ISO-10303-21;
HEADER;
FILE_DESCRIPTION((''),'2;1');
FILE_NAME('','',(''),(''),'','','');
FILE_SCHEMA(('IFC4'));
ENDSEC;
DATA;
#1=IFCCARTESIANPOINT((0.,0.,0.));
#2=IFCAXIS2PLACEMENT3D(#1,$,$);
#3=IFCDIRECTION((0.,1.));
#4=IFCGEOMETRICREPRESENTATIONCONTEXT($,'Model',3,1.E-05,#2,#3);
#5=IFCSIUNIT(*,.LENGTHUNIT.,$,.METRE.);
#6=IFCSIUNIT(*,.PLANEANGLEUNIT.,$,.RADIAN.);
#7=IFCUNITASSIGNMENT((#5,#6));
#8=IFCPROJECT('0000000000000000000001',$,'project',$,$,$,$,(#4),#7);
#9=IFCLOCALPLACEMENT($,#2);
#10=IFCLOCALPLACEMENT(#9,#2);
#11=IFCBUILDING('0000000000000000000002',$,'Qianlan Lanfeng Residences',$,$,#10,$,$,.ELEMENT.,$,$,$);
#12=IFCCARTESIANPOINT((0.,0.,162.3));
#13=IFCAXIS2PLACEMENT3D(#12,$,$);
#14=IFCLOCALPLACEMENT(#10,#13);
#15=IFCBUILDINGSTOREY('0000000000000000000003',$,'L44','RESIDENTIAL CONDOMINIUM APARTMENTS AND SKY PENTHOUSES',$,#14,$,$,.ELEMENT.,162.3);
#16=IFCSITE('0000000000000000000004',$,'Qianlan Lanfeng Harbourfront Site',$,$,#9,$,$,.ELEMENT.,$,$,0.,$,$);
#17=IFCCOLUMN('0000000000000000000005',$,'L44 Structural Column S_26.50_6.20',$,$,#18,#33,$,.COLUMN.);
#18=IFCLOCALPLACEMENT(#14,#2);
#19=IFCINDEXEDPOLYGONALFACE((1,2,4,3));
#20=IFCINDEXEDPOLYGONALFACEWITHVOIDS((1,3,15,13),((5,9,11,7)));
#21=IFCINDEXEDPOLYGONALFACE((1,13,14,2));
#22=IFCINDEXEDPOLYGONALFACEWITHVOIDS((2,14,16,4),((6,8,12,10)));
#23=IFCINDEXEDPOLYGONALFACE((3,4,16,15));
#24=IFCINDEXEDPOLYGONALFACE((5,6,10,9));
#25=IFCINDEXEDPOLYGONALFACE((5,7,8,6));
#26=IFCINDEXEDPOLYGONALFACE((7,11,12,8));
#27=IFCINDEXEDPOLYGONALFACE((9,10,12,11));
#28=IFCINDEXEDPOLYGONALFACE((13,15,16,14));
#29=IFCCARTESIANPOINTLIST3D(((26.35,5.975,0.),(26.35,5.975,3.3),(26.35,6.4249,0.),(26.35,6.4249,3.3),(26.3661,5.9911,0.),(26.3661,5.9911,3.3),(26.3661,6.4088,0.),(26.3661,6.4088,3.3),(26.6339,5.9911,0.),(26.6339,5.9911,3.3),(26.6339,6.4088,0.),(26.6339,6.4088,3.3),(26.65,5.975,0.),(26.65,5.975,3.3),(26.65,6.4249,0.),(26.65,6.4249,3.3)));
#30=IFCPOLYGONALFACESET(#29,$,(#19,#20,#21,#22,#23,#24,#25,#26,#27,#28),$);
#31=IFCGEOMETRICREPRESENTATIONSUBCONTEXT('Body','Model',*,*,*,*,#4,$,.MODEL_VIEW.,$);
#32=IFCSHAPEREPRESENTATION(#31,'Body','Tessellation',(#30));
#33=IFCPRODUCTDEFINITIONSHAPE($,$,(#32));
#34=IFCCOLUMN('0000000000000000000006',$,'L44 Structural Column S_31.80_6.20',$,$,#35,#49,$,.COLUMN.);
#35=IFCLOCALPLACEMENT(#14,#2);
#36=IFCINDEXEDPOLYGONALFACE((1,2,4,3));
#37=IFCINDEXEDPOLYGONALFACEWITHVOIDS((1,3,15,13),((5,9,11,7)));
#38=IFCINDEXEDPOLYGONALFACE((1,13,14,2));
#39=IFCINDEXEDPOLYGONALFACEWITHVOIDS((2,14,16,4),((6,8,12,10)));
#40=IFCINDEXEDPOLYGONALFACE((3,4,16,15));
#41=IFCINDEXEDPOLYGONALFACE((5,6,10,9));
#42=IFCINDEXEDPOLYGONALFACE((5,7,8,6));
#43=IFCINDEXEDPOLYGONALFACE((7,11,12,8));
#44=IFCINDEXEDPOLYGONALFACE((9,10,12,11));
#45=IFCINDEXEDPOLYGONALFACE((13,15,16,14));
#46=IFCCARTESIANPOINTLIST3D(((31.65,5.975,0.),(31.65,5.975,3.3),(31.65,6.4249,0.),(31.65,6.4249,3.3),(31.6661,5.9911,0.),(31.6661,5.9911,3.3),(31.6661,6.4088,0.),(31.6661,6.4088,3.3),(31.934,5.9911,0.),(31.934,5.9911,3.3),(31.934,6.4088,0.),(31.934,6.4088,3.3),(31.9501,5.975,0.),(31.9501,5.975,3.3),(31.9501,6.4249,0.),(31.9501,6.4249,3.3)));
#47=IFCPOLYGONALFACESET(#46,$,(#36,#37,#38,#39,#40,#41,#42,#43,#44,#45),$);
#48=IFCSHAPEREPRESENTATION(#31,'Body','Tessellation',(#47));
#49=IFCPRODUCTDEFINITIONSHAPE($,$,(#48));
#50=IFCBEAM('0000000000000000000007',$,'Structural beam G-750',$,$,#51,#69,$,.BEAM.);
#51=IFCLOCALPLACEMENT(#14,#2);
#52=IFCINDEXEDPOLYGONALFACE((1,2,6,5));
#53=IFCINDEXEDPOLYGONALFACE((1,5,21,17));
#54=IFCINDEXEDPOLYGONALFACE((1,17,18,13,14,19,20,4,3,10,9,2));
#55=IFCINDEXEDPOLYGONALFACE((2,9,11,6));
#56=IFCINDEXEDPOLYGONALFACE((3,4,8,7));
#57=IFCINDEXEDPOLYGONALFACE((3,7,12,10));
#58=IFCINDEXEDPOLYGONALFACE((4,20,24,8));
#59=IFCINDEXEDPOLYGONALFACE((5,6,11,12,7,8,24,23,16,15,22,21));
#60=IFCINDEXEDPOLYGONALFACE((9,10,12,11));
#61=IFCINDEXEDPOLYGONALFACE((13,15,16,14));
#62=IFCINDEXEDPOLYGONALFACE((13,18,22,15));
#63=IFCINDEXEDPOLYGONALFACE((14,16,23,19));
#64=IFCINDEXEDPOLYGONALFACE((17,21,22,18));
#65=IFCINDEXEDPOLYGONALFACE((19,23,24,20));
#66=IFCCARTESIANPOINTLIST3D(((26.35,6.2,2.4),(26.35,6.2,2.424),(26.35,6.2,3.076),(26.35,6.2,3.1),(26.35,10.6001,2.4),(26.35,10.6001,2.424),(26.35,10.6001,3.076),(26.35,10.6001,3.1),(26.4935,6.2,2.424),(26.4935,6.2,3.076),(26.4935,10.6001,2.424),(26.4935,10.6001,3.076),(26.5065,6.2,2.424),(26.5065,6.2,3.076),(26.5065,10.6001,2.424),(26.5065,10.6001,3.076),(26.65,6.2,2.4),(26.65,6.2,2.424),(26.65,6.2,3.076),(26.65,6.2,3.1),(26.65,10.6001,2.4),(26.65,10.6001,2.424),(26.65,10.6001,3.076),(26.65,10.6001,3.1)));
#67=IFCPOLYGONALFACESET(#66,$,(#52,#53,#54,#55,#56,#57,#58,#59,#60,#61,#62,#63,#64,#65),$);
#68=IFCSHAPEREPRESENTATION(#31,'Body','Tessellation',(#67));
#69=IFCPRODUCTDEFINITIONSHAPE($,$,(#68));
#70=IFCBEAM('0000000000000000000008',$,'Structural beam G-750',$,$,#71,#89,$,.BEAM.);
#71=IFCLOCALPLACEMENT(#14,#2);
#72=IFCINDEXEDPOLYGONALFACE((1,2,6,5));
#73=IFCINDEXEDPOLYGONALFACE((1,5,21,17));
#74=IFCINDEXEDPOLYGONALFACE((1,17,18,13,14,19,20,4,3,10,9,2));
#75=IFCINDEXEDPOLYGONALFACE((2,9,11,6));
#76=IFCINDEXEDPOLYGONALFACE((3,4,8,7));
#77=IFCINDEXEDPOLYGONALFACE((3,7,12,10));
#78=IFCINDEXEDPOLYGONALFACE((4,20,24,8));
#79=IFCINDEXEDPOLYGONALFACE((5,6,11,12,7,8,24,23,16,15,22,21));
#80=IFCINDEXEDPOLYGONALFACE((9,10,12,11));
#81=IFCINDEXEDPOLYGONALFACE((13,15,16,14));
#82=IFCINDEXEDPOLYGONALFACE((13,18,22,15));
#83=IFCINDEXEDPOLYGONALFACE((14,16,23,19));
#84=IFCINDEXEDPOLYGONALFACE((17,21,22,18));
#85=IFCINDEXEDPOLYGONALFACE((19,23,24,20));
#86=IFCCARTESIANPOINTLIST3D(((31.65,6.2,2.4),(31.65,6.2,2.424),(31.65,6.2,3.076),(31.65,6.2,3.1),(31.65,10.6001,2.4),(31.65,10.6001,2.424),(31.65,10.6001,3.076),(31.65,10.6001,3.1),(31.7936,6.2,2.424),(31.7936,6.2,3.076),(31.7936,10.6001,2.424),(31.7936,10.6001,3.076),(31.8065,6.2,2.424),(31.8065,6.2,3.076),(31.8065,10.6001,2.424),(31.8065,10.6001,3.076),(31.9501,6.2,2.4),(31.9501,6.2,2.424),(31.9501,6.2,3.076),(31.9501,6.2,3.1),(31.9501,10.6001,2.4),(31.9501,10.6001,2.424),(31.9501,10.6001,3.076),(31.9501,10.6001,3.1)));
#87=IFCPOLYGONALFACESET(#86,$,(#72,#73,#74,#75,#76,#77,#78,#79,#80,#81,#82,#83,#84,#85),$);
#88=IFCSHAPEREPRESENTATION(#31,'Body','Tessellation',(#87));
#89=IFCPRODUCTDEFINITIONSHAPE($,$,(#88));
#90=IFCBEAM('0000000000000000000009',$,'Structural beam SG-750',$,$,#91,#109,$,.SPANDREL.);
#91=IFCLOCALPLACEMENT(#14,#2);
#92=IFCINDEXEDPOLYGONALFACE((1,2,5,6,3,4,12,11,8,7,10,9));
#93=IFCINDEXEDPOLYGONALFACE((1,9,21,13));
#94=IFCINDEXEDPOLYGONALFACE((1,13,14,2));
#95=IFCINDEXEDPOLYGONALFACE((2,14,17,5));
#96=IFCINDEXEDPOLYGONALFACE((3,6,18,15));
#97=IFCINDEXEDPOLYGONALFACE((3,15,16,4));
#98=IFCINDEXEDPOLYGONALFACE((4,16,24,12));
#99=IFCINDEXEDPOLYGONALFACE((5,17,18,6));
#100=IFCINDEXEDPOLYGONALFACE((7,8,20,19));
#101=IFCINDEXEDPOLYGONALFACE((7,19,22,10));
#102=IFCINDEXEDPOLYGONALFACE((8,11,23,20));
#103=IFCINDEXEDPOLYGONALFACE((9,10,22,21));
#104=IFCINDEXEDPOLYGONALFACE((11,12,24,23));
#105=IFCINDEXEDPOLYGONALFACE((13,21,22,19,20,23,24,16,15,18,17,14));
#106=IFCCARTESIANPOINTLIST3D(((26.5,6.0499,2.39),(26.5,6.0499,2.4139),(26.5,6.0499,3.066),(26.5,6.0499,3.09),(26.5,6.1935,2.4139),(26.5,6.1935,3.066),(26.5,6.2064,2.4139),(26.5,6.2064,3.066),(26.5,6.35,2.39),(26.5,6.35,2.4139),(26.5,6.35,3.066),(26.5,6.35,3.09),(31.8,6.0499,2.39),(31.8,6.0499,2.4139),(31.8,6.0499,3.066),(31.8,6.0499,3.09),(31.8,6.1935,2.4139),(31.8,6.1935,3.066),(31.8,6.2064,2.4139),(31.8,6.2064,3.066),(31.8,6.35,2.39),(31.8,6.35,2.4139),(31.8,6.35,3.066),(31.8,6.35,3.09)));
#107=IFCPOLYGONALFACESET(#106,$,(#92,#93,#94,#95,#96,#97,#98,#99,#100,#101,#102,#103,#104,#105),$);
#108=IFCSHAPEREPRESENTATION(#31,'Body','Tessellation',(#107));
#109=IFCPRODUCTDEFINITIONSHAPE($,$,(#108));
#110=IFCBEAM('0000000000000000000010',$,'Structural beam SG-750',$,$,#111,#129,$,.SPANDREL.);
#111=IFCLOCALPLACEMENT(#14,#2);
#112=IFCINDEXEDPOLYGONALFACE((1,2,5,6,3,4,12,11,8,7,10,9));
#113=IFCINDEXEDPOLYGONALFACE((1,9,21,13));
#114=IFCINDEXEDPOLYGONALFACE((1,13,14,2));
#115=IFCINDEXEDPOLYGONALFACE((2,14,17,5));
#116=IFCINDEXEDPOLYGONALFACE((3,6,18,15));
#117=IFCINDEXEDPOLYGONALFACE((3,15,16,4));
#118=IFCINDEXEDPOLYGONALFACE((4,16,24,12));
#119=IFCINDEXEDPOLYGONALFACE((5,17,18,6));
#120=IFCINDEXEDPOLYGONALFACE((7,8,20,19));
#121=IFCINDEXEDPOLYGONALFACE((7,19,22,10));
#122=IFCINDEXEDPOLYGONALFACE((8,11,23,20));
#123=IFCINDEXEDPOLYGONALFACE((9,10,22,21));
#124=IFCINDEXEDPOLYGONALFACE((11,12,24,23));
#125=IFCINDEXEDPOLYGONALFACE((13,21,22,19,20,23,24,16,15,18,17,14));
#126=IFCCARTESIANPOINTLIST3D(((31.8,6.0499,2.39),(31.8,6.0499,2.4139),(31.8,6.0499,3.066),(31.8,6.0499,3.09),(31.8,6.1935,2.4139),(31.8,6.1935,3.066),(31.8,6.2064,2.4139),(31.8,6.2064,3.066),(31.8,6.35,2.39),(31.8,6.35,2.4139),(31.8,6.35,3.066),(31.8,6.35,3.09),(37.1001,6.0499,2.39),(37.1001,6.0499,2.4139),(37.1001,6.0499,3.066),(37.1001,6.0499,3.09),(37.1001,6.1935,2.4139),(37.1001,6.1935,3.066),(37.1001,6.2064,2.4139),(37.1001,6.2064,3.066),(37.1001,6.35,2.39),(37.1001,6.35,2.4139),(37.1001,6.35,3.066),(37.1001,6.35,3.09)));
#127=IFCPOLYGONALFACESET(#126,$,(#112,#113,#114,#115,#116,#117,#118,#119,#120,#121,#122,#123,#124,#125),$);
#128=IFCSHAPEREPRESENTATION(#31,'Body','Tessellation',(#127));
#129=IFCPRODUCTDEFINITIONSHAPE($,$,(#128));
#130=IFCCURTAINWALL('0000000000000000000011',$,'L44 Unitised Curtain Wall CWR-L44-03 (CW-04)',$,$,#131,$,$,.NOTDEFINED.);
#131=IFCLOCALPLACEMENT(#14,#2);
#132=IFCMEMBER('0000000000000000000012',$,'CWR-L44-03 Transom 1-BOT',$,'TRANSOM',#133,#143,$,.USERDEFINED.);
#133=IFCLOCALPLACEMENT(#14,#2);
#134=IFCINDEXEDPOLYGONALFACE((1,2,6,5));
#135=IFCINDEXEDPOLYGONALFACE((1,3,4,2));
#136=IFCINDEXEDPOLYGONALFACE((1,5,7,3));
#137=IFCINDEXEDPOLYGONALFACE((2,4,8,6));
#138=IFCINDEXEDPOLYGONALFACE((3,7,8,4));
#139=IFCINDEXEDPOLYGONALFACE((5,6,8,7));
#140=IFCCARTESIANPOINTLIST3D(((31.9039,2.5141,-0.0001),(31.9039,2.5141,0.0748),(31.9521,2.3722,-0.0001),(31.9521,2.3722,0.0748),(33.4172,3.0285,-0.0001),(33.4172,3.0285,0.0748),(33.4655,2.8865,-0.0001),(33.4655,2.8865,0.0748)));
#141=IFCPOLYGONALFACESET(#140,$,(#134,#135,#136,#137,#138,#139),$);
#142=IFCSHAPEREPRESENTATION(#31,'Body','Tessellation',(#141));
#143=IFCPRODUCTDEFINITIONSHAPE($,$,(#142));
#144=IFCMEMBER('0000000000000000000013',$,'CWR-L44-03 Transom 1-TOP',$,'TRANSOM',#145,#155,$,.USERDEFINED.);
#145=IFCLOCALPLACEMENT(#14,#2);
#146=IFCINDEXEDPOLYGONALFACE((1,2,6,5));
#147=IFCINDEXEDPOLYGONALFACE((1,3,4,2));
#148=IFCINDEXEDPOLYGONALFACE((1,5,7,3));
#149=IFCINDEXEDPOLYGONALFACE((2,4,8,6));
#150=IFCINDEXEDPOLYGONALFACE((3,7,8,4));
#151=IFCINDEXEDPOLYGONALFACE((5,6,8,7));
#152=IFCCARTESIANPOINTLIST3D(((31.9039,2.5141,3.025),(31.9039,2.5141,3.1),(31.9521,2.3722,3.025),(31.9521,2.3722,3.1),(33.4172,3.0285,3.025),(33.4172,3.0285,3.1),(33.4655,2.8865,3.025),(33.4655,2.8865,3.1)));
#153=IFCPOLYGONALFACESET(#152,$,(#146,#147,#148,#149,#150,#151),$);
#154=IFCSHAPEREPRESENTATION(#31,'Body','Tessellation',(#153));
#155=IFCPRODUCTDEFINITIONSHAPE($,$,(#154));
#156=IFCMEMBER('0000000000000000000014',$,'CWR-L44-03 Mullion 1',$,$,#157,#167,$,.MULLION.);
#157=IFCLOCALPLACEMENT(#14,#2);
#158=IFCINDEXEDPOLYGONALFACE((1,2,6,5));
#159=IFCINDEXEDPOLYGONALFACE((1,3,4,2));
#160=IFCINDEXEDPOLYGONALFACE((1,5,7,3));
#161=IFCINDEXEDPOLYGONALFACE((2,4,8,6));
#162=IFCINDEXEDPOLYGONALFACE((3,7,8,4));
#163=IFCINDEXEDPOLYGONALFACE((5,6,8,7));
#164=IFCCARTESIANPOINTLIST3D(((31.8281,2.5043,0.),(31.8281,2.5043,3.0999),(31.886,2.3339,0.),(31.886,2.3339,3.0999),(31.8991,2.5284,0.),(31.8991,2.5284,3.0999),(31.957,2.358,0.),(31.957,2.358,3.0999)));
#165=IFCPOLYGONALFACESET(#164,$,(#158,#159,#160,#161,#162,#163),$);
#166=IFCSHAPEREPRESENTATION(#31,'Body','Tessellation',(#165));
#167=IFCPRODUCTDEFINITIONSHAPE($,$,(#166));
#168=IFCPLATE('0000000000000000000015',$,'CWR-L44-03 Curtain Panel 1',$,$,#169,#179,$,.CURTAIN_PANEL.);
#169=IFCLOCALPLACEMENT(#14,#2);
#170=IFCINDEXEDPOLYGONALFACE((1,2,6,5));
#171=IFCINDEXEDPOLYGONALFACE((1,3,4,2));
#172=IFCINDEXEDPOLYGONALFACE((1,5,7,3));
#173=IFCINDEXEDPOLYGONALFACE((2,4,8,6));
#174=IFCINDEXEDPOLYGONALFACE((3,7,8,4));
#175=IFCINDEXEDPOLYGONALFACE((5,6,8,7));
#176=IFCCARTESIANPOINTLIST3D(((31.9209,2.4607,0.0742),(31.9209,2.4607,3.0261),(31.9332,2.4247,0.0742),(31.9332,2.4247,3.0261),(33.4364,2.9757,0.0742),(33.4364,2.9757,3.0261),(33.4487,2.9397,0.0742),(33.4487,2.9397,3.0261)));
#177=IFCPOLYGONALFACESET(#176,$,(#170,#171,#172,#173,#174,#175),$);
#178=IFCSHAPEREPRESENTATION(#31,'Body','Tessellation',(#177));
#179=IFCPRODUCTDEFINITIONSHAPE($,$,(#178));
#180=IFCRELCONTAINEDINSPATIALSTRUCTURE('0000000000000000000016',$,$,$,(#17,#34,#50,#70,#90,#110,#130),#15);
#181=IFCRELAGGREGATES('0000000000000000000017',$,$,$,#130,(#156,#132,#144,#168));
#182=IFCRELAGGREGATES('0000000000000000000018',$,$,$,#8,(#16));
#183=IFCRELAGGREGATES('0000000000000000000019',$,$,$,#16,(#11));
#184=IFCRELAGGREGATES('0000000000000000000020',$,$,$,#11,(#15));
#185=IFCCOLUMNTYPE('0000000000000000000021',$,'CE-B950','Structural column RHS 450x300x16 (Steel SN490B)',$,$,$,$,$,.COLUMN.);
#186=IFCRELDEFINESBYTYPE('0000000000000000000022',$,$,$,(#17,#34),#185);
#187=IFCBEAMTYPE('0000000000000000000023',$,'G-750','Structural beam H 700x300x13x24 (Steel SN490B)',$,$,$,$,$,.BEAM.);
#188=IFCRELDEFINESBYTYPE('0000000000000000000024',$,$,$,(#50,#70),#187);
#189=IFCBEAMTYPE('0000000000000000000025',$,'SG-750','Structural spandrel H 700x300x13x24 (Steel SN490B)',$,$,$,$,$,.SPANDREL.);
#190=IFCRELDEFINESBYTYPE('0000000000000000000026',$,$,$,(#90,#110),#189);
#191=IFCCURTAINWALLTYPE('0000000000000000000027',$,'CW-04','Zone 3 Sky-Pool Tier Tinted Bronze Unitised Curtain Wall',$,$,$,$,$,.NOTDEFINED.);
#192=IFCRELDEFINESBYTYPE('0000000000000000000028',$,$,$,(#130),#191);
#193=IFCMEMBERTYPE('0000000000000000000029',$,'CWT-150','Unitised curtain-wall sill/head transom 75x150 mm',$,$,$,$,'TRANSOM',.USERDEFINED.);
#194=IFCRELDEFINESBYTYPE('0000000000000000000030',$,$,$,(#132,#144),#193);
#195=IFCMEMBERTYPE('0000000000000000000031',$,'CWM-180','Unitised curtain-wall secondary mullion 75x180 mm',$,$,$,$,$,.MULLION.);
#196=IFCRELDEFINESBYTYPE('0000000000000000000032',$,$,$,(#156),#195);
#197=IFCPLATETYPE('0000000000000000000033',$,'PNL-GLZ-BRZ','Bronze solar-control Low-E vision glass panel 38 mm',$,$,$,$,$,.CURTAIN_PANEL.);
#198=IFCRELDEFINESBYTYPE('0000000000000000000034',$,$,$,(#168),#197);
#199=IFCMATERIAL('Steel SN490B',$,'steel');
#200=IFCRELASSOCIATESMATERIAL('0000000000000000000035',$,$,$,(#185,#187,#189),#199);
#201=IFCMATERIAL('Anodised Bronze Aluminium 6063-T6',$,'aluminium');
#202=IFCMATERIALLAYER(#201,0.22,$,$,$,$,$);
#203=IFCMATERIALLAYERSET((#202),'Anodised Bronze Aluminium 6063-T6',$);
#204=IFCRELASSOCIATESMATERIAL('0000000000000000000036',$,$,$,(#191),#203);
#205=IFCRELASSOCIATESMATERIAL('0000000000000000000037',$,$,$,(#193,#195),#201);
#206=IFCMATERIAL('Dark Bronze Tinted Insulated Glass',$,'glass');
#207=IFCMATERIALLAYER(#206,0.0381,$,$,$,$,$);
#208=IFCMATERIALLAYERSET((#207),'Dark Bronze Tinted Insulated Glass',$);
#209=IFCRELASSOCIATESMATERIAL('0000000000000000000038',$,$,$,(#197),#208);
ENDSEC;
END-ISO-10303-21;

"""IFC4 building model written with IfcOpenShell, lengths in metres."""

from ifc_helpers import new_model, si_unit, direction, frame, origin, origin_2d, place, context, subcontext, project, spatial, rectangle, hollow_rectangle, i_section, extrude, source, transform, mapped, material, layer, layer_set, material_profile, profile_set, type_object, element, aggregate, save


model = new_model("IFC4")

# Units and contexts
model_context = context("Model", 3, precision=1e-05, world=origin(), true_north=direction((0.0, 1.0)))
body_context = subcontext(model_context, "Body", "Model", "MODEL_VIEW")
ifc_project = project(units=[si_unit("LENGTHUNIT", "METRE"), si_unit("PLANEANGLEUNIT", "RADIAN")], contexts=[model_context])

# Site, building, storey
site_placement = place(None, origin())
site = spatial("IfcSite", under=ifc_project, at=site_placement, Name="Qianlan Lanfeng Harbourfront Site", CompositionType="ELEMENT", RefElevation=0.0)
building_placement = place(site_placement, origin())
building = spatial("IfcBuilding", under=site, at=building_placement, Name="Qianlan Lanfeng Residences", CompositionType="ELEMENT")
storey_placement = place(building_placement, frame((0.0, 0.0, 162.3)))
storey = spatial("IfcBuildingStorey", under=building, at=storey_placement, Name="L44", Description="RESIDENTIAL CONDOMINIUM APARTMENTS AND SKY PENTHOUSES", CompositionType="ELEMENT", Elevation=162.3)

# Columns
ifc_material_1 = material(Name="Steel SN490B", Category="steel")
ifc_material_profile_1 = material_profile(ifc_material_1, hollow_rectangle(XDim=0.3, YDim=0.45, WallThickness=0.0161, at=origin_2d()), Name="RHS 450x300x16")
ifc_profile_set_1 = profile_set([ifc_material_profile_1], Name="Steel SN490B")
column_type = type_object("IfcColumnType", Name="CE-B950", Description="Structural column RHS 450x300x16 (Steel SN490B)", PredefinedType="COLUMN", material=ifc_profile_set_1)
for number, where, z_axis, x_axis, name in (
    (1, (26.5, 6.2, 0.0), (0.0, 0.0, 1.0), (1.0, 0.0, 0.0), "L44 Structural Column S_26.50_6.20"),
    (2, (31.8, 6.2, 0.0), (0.0, 0.0, 1.0), (1.0, 0.0, 0.0), "L44 Structural Column S_31.80_6.20"),
):
    element("IfcColumn", number, at=place(storey_placement, frame(where, z_axis=z_axis, x_axis=x_axis)), inside=storey, type_object=column_type, Name=name, PredefinedType="COLUMN", context=body_context, shape_type="SweptSolid", body=[
        extrude(hollow_rectangle(XDim=0.3, YDim=0.45, WallThickness=0.0161, at=origin_2d()), origin(), (0.0, 0.0, 1.0), 3.3),
    ])

# Beams
ifc_material_profile_2 = material_profile(ifc_material_1, i_section(OverallWidth=0.3, OverallDepth=0.7, WebThickness=0.0129, FlangeThickness=0.0239, at=origin_2d()), Name="H 700x300x13x24")
ifc_profile_set_2 = profile_set([ifc_material_profile_2], Name="Steel SN490B")
beam_type_1 = type_object("IfcBeamType", Name="G-750", Description="Structural beam H 700x300x13x24 (Steel SN490B)", PredefinedType="BEAM", material=ifc_profile_set_2)
for number, where, z_axis, x_axis, name in (
    (3, (26.5, 6.2, 2.75), (0.0, 1.0, 0.0), (-1.0, 0.0, 0.0), "Structural beam G-750"),
    (4, (31.8, 6.2, 2.75), (0.0, 1.0, 0.0), (-1.0, 0.0, 0.0), "Structural beam G-750"),
):
    element("IfcBeam", number, at=place(storey_placement, frame(where, z_axis=z_axis, x_axis=x_axis)), inside=storey, type_object=beam_type_1, Name=name, PredefinedType="BEAM", context=body_context, shape_type="SweptSolid", body=[
        extrude(i_section(OverallWidth=0.3, OverallDepth=0.7, WebThickness=0.0129, FlangeThickness=0.0239, at=origin_2d()), origin(), (0.0, 0.0, 1.0), 4.4001),
    ])
ifc_material_profile_3 = material_profile(ifc_material_1, i_section(OverallWidth=0.3, OverallDepth=0.7, WebThickness=0.0129, FlangeThickness=0.0239, at=origin_2d()), Name="H 700x300x13x24")
ifc_profile_set_3 = profile_set([ifc_material_profile_3], Name="Steel SN490B")
beam_type_2 = type_object("IfcBeamType", Name="SG-750", Description="Structural spandrel H 700x300x13x24 (Steel SN490B)", PredefinedType="SPANDREL", material=ifc_profile_set_3)
for number, where, z_axis, x_axis, name in (
    (5, (26.5, 6.2, 2.74), (1.0, 0.0, 0.0), (0.0, 1.0, 0.0), "Structural beam SG-750"),
    (6, (31.8, 6.2, 2.74), (1.0, 0.0, 0.0), (0.0, 1.0, 0.0), "Structural beam SG-750"),
):
    element("IfcBeam", number, at=place(storey_placement, frame(where, z_axis=z_axis, x_axis=x_axis)), inside=storey, type_object=beam_type_2, Name=name, PredefinedType="SPANDREL", context=body_context, shape_type="SweptSolid", body=[
        extrude(i_section(OverallWidth=0.3, OverallDepth=0.7, WebThickness=0.0129, FlangeThickness=0.0239, at=origin_2d()), origin(), (0.0, 0.0, 1.0), 5.3),
    ])

# Curtain wall, members, plate
ifc_material_2 = material(Name="Anodised Bronze Aluminium 6063-T6", Category="aluminium")
ifc_layer_1 = layer(ifc_material_2, 0.22)
ifc_layer_set_1 = layer_set([ifc_layer_1], Name="Anodised Bronze Aluminium 6063-T6")
curtain_wall_type = type_object("IfcCurtainWallType", Name="CW-04", Description="Zone 3 Sky-Pool Tier Tinted Bronze Unitised Curtain Wall", PredefinedType="NOTDEFINED", material=ifc_layer_set_1)
curtain_wall_placement = place(storey_placement, origin())
curtain_wall = element("IfcCurtainWall", 7, at=curtain_wall_placement, inside=storey, type_object=curtain_wall_type, Name="L44 Unitised Curtain Wall CWR-L44-03 (CW-04)", PredefinedType="NOTDEFINED")
ifc_material_profile_4 = material_profile(ifc_material_2, rectangle(XDim=0.075, YDim=0.1499, at=origin_2d()), Name="ALU TRANSOM 75x150")
ifc_profile_set_4 = profile_set([ifc_material_profile_4], Name="Anodised Bronze Aluminium 6063-T6")
member_type_1 = type_object("IfcMemberType", Name="CWT-150", Description="Unitised curtain-wall sill/head transom 75x150 mm", ElementType="TRANSOM", PredefinedType="USERDEFINED", material=ifc_profile_set_4)
shared_shape_1 = source(origin(), body_context, "Body", "SweptSolid", [
    extrude(rectangle(XDim=0.075, YDim=0.1499, at=origin_2d()), origin(), (0.0, 0.0, 1.0), 1.5984),
])
member_1_placement = place(storey_placement, frame((31.928, 2.4431, 0.0374), z_axis=(0.946803, 0.321812, 0.0), x_axis=(0.0, 0.0, 1.0)))
member_1 = element("IfcMember", 8, at=member_1_placement, type_object=member_type_1, Name="CWR-L44-03 Transom 1-BOT", ObjectType="TRANSOM", PredefinedType="USERDEFINED", context=body_context, shape_type="MappedRepresentation", body=[
    mapped(shared_shape_1, transform((0.0, 0.0, 0.0), scale=1.0)),
])
member_2_placement = place(storey_placement, frame((31.928, 2.4431, 3.0625), z_axis=(0.946803, 0.321812, 0.0), x_axis=(0.0, 0.0, 1.0)))
member_2 = element("IfcMember", 9, at=member_2_placement, type_object=member_type_1, Name="CWR-L44-03 Transom 1-TOP", ObjectType="TRANSOM", PredefinedType="USERDEFINED", context=body_context, shape_type="MappedRepresentation", body=[
    mapped(shared_shape_1, transform((0.0, 0.0, 0.0), scale=1.0)),
])
ifc_material_profile_5 = material_profile(ifc_material_2, rectangle(XDim=0.075, YDim=0.1799, at=origin_2d()), Name="ALU MULLION 75x180")
ifc_profile_set_5 = profile_set([ifc_material_profile_5], Name="Anodised Bronze Aluminium 6063-T6")
member_type_2 = type_object("IfcMemberType", Name="CWM-180", Description="Unitised curtain-wall secondary mullion 75x180 mm", PredefinedType="MULLION", material=ifc_profile_set_5)
shared_shape_2 = source(origin(), body_context, "Body", "SweptSolid", [
    extrude(rectangle(XDim=0.075, YDim=0.1799, at=origin_2d()), origin(), (0.0, 0.0, 1.0), 3.0999),
])
member_3_placement = place(storey_placement, frame((31.8926, 2.4312, 0.0), z_axis=(0.0, 0.0, 1.0), x_axis=(0.946826, 0.321745, 0.0)))
member_3 = element("IfcMember", 10, at=member_3_placement, type_object=member_type_2, Name="CWR-L44-03 Mullion 1", PredefinedType="MULLION", context=body_context, shape_type="MappedRepresentation", body=[
    mapped(shared_shape_2, transform((0.0, 0.0, 0.0), scale=1.0)),
])
ifc_material_3 = material(Name="Dark Bronze Tinted Insulated Glass", Category="glass")
ifc_layer_2 = layer(ifc_material_3, 0.0381)
ifc_layer_set_2 = layer_set([ifc_layer_2], Name="Dark Bronze Tinted Insulated Glass")
plate_type = type_object("IfcPlateType", Name="PNL-GLZ-BRZ", Description="Bronze solar-control Low-E vision glass panel 38 mm", PredefinedType="CURTAIN_PANEL", material=ifc_layer_set_2)
shared_shape_3 = source(origin(), body_context, "Body", "SweptSolid", [
    extrude(rectangle(XDim=1.6006, YDim=0.0381, at=origin_2d()), origin(), (0.0, 0.0, 1.0), 2.9519),
])
plate_placement = place(storey_placement, frame((32.6848, 2.7002, 0.0742), z_axis=(0.0, 0.0, 1.0), x_axis=(0.946826, 0.321745, 0.0)))
plate = element("IfcPlate", 11, at=plate_placement, type_object=plate_type, Name="CWR-L44-03 Curtain Panel 1", PredefinedType="CURTAIN_PANEL", context=body_context, shape_type="MappedRepresentation", body=[
    mapped(shared_shape_3, transform((0.0, 0.0, 0.0), scale=1.0)),
])
aggregate(curtain_wall, [member_3, member_1, member_2, plate])

save(model, "model.ifc")
